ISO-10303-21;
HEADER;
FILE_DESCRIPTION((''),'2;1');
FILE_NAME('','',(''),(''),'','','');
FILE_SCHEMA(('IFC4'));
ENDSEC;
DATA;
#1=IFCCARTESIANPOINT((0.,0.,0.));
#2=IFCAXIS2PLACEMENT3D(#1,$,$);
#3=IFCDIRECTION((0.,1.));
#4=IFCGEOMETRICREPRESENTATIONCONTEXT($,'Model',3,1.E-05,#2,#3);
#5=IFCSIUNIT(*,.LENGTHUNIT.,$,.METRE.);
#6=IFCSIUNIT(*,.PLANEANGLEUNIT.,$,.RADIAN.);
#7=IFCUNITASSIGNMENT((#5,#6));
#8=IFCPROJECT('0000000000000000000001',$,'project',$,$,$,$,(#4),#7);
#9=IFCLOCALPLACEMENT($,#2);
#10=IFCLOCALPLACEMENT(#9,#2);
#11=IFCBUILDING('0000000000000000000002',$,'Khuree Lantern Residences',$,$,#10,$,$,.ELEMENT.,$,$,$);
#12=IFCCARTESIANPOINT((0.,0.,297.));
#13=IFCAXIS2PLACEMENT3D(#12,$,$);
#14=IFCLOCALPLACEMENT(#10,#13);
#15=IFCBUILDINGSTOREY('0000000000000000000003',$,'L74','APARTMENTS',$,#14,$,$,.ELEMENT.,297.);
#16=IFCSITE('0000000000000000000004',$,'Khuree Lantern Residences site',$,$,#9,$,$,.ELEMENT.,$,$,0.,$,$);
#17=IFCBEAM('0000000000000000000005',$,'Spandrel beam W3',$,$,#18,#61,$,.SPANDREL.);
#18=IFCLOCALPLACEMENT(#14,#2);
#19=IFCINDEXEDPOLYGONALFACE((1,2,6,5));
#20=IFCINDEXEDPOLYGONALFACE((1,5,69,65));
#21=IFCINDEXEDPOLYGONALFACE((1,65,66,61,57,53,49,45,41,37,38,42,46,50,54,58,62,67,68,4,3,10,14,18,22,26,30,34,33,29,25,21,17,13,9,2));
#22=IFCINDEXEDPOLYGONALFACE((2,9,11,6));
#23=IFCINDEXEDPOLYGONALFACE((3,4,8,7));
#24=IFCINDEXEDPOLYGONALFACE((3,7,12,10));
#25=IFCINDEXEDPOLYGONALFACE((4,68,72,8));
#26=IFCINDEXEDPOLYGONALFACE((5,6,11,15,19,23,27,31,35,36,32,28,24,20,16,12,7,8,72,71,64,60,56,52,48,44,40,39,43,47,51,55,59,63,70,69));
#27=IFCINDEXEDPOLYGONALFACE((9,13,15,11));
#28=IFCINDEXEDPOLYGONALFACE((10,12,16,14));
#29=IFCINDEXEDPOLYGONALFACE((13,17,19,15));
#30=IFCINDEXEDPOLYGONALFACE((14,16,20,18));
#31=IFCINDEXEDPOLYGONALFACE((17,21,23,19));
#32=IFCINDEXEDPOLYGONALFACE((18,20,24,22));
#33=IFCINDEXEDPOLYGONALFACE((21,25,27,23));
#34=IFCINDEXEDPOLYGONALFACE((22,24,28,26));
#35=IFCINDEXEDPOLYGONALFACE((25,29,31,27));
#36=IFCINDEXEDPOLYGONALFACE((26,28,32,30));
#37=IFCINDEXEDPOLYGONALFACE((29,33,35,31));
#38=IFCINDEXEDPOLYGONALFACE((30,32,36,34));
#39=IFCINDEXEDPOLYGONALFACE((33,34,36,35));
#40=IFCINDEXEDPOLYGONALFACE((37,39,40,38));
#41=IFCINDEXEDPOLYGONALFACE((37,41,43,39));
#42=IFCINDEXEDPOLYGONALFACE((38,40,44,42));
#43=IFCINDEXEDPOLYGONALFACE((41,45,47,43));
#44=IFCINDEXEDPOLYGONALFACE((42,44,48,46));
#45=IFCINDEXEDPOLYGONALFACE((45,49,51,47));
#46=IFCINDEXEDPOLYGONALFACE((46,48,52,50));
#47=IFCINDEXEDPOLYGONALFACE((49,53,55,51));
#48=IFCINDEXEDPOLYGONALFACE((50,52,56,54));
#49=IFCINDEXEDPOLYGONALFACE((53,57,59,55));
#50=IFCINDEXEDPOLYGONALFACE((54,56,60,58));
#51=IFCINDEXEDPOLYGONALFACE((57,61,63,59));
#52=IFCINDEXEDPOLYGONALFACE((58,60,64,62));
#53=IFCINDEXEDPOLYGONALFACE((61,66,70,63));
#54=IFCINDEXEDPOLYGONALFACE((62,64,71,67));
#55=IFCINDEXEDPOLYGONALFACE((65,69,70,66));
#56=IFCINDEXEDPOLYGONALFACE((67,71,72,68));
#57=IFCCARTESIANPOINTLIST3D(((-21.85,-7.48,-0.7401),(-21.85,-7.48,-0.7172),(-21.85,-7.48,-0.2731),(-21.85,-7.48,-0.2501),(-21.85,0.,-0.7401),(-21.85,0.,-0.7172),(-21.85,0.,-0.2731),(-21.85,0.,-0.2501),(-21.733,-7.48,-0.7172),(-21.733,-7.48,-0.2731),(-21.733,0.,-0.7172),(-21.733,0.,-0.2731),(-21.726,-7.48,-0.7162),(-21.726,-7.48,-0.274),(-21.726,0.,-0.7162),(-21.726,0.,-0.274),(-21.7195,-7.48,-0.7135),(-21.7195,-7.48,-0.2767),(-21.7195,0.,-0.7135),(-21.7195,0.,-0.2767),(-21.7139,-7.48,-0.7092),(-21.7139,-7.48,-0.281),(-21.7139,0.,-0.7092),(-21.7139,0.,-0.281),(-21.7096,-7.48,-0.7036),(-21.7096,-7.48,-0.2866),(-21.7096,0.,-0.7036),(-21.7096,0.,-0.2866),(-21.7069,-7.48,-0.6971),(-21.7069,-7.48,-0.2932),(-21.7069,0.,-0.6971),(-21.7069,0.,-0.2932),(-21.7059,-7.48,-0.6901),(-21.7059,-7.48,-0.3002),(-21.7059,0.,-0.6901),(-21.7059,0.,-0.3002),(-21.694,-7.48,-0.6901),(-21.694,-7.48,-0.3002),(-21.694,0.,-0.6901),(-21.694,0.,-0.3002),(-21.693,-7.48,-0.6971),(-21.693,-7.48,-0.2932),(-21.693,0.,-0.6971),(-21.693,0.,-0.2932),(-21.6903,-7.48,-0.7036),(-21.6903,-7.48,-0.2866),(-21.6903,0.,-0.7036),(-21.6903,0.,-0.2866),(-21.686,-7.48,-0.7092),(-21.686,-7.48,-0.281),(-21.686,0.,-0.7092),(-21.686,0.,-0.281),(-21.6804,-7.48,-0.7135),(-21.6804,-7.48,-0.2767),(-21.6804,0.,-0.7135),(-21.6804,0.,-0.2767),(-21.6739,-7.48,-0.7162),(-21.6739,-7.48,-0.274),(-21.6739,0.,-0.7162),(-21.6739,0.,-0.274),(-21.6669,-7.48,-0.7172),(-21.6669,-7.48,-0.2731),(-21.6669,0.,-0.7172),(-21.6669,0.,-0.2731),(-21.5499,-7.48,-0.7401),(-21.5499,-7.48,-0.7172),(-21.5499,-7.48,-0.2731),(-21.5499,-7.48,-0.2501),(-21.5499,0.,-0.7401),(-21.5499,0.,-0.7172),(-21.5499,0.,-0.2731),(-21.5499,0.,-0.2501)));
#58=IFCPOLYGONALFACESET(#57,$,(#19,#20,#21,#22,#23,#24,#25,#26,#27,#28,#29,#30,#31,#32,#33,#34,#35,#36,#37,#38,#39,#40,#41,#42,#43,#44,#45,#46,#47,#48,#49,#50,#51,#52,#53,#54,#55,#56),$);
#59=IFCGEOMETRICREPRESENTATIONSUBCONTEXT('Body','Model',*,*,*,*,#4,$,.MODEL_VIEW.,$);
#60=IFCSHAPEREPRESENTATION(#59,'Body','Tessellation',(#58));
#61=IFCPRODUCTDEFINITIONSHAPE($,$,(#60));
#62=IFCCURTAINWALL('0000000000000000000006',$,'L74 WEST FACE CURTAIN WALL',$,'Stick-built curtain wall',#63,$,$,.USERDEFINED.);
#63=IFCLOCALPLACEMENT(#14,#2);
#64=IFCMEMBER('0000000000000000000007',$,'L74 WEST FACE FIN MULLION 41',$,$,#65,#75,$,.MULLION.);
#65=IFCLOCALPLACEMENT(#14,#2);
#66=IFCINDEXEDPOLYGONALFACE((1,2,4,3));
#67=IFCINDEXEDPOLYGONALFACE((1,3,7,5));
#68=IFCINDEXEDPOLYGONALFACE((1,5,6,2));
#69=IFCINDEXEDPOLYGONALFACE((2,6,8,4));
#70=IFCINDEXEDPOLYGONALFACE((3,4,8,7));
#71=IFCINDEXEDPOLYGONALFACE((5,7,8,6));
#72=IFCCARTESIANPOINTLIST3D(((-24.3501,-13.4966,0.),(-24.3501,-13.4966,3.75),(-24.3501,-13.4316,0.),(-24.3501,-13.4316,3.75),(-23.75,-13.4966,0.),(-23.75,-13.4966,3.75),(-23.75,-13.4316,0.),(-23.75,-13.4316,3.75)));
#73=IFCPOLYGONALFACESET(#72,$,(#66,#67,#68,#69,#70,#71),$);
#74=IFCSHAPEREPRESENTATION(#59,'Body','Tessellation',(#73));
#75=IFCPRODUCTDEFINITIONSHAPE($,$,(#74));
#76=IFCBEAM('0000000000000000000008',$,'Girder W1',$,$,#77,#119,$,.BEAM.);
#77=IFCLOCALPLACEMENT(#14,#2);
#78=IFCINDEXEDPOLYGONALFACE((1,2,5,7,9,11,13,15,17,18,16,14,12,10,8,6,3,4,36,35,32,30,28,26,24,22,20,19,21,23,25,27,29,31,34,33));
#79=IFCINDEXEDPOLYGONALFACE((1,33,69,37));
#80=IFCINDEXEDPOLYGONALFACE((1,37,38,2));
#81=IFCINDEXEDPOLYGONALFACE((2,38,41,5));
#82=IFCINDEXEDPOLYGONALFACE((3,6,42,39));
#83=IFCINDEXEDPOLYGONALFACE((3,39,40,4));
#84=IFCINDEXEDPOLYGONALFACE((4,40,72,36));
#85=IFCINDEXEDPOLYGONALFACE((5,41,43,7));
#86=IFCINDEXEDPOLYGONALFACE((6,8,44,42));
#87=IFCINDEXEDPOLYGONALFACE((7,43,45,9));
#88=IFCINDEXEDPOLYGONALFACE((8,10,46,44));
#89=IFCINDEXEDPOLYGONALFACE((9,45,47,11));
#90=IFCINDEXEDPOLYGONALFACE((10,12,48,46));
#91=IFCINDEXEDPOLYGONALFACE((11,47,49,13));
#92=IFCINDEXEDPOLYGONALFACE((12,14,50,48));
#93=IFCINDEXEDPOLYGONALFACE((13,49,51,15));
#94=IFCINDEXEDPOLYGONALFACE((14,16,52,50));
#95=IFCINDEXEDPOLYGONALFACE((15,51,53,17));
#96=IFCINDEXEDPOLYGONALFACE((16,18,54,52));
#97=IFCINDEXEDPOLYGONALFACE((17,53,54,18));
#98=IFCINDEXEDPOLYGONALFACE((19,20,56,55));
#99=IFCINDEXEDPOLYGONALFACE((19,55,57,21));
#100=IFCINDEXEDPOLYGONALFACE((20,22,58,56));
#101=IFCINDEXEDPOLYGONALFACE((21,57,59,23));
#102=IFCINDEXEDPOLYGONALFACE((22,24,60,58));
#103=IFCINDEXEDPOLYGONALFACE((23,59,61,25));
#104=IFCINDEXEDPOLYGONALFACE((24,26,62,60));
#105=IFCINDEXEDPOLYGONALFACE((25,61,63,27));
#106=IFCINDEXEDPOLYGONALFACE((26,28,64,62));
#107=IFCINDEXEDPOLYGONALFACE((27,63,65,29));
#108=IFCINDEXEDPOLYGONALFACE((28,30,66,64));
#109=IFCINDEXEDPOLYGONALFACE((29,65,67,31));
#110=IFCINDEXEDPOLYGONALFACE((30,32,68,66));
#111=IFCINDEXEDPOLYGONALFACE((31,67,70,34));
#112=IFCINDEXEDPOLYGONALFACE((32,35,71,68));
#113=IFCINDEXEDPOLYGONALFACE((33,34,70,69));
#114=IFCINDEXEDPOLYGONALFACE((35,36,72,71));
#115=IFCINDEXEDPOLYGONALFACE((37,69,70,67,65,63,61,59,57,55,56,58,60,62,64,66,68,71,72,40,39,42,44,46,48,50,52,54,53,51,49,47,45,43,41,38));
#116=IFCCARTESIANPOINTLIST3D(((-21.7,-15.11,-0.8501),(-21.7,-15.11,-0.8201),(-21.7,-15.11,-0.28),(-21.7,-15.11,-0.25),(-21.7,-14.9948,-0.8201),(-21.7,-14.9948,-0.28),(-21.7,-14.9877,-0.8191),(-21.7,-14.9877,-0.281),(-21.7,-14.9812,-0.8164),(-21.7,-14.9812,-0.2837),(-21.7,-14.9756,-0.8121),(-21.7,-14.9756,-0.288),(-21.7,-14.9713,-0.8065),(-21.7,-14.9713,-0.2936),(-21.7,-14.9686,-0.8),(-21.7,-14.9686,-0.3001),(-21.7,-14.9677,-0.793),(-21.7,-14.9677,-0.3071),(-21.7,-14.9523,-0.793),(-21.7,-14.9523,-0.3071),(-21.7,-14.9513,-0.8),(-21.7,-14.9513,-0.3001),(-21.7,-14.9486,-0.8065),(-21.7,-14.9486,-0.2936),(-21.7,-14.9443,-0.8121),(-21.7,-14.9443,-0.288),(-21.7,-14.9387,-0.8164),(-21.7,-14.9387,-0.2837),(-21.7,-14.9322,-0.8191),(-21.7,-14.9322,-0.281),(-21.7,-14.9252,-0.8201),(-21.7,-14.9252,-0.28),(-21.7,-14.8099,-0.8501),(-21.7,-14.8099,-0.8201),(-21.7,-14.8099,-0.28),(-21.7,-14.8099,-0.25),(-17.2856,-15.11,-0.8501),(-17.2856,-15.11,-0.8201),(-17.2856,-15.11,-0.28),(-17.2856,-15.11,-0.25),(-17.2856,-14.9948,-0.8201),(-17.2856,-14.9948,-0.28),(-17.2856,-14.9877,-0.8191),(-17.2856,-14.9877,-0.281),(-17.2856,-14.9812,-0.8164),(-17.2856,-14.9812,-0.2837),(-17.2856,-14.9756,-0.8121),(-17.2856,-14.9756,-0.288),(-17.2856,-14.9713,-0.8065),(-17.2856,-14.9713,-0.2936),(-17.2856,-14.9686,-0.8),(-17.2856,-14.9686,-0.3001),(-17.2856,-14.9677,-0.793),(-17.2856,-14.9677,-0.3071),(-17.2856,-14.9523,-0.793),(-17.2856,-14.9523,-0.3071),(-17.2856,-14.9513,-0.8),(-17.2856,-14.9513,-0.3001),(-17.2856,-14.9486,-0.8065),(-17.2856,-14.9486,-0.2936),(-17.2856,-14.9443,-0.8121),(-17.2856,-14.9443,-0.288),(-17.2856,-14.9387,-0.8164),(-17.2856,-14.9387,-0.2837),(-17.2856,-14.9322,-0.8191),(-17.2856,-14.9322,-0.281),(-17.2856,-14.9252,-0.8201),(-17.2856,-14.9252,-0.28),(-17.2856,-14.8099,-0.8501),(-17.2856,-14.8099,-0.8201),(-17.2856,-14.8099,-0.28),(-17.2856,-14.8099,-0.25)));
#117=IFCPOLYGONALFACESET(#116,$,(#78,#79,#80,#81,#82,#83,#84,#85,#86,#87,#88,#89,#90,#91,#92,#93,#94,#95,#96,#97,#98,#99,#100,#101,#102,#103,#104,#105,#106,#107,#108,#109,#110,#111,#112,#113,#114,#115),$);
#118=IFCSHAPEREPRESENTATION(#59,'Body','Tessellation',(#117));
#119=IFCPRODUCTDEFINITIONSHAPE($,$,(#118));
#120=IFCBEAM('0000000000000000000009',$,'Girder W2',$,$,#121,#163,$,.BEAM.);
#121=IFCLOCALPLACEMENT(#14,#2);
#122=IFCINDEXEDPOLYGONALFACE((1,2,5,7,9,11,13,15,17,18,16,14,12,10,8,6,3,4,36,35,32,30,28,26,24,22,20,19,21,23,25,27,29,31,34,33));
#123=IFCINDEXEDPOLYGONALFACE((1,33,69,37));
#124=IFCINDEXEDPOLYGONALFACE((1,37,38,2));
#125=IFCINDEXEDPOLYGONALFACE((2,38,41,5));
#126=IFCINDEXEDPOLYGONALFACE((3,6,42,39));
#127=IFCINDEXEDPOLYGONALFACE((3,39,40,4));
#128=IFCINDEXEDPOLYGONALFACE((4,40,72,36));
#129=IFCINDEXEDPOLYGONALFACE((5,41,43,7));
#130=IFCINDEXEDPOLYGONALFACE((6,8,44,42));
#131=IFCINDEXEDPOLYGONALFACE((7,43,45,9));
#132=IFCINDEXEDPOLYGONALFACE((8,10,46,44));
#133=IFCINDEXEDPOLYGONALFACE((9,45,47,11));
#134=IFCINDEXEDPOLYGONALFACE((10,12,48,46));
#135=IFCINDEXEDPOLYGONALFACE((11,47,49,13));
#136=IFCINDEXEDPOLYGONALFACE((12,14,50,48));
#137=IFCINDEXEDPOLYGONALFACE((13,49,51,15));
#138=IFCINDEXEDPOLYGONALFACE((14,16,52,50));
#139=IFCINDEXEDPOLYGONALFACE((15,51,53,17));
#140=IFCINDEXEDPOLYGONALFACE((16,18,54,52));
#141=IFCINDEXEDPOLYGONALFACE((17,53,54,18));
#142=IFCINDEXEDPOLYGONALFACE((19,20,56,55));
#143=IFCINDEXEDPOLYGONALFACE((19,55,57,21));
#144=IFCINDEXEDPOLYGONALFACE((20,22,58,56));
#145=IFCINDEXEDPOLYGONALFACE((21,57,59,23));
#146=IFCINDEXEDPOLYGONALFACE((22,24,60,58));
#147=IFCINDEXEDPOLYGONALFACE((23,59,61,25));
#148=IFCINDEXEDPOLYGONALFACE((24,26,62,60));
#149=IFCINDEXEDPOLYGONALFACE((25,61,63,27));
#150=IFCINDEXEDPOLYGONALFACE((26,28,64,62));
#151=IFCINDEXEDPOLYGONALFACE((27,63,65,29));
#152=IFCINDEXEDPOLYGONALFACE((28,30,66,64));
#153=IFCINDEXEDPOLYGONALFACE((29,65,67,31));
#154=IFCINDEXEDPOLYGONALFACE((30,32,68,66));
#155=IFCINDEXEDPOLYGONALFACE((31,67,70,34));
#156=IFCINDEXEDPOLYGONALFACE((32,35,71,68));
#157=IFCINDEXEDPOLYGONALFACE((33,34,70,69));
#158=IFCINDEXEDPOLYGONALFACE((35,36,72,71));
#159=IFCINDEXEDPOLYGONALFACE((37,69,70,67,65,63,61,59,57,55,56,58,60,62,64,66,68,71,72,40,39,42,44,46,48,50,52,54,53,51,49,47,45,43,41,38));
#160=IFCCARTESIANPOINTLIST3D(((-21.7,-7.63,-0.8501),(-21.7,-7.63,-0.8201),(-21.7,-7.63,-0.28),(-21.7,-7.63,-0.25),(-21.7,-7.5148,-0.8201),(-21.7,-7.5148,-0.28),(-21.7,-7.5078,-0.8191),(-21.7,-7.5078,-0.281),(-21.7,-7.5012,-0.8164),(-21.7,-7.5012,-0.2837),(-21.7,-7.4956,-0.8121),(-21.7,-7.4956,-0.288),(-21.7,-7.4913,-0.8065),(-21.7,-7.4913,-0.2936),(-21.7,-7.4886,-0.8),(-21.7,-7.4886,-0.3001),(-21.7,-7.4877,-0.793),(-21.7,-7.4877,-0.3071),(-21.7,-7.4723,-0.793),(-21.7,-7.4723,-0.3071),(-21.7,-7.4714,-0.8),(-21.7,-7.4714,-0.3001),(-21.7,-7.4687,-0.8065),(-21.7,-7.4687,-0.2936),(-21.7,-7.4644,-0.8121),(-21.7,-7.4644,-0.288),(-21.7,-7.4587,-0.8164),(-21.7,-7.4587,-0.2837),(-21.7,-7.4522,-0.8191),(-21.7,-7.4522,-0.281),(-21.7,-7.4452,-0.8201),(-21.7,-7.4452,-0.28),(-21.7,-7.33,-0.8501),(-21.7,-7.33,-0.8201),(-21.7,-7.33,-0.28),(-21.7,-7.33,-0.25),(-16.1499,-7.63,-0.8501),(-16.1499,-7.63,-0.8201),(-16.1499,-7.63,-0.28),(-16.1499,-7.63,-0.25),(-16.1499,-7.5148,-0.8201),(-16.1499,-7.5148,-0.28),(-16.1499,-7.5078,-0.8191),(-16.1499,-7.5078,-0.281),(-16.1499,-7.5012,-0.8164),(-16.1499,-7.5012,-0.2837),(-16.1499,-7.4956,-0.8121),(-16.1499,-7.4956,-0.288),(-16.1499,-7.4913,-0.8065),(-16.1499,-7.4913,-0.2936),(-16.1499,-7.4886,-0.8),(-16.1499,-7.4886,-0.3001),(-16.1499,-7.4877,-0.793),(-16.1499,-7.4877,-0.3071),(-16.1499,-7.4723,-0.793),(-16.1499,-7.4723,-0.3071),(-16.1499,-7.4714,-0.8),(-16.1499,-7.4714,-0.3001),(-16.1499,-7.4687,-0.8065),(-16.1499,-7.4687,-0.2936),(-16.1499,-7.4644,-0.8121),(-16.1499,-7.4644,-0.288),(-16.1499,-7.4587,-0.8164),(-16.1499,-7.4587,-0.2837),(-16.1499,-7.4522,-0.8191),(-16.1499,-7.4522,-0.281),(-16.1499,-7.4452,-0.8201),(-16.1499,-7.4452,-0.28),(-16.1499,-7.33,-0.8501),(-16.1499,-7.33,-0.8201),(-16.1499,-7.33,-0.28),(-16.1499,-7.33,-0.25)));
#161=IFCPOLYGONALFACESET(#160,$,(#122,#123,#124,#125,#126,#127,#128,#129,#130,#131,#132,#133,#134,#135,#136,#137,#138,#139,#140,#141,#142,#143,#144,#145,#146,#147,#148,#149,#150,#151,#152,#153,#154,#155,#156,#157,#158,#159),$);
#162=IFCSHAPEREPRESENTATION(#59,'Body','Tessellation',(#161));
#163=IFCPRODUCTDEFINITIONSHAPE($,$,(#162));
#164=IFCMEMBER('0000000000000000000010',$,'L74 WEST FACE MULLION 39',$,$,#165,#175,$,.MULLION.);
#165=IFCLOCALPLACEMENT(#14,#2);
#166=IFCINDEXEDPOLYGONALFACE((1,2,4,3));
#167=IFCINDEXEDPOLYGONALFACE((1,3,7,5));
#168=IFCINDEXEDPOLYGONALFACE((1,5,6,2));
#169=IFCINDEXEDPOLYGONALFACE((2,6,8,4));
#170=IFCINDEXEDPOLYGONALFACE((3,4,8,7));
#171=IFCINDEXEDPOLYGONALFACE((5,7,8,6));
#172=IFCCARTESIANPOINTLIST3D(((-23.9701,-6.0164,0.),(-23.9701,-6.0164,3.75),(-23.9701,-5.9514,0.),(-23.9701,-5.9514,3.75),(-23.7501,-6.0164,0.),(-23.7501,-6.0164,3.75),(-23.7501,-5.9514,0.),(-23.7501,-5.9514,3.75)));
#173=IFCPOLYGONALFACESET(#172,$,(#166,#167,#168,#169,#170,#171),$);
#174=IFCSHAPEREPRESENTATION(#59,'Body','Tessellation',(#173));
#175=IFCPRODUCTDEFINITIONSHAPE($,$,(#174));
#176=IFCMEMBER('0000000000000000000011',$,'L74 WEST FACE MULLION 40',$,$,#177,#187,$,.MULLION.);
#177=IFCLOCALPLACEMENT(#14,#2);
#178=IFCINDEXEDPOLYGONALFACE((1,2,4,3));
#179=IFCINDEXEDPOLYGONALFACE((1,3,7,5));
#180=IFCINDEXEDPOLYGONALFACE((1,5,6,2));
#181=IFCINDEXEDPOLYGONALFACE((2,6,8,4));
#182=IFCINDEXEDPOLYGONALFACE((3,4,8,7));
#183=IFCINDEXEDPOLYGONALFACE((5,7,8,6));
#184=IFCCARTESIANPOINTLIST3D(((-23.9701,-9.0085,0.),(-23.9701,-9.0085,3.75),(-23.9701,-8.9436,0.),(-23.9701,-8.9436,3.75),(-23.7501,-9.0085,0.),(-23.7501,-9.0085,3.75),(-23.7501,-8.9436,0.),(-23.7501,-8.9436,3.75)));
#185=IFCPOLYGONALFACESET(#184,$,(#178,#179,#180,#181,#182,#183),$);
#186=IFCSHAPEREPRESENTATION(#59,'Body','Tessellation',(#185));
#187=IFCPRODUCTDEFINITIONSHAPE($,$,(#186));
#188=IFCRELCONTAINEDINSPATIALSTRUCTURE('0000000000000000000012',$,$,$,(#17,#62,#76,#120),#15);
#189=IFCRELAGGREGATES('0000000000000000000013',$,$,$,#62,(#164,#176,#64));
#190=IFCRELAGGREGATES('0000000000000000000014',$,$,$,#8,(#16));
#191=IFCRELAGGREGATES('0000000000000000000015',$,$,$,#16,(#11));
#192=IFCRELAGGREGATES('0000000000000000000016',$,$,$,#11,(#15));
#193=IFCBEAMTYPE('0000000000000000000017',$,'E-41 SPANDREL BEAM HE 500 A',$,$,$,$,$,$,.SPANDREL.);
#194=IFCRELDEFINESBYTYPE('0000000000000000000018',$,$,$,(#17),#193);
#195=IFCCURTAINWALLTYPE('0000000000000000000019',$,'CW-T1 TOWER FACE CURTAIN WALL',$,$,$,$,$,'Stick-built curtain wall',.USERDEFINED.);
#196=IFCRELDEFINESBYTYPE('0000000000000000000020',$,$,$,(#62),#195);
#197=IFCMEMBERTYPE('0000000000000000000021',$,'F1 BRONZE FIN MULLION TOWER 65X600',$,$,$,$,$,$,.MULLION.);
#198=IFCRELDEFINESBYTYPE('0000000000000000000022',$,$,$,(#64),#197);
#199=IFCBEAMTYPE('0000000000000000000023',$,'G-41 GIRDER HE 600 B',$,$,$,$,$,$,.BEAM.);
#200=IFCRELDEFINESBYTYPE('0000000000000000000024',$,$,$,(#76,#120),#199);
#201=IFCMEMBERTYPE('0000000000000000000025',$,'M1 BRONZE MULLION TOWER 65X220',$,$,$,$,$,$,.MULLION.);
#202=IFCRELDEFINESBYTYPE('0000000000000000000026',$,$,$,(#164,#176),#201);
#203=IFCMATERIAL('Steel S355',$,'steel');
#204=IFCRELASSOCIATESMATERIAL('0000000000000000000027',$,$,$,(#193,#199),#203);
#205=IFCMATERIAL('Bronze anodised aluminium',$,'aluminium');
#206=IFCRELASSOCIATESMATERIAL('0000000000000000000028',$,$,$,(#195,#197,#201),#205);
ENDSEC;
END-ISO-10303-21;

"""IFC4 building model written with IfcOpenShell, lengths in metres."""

from ifc_helpers import new_model, si_unit, direction, frame, origin, origin_2d, place, context, subcontext, project, spatial, rectangle, i_section, extrude, material, material_profile, profile_set, type_object, element, aggregate, save


model = new_model("IFC4")

# Units and contexts
model_context = context("Model", 3, precision=1e-05, world=origin(), true_north=direction((0.0, 1.0)))
body_context = subcontext(model_context, "Body", "Model", "MODEL_VIEW")
ifc_project = project(units=[si_unit("LENGTHUNIT", "METRE"), si_unit("PLANEANGLEUNIT", "RADIAN")], contexts=[model_context])

# Site, building, storey
site_placement = place(None, origin())
site = spatial("IfcSite", under=ifc_project, at=site_placement, Name="Khuree Lantern Residences site", CompositionType="ELEMENT", RefElevation=0.0)
building_placement = place(site_placement, origin())
building = spatial("IfcBuilding", under=site, at=building_placement, Name="Khuree Lantern Residences", CompositionType="ELEMENT")
storey_placement = place(building_placement, frame((0.0, 0.0, 297.0)))
storey = spatial("IfcBuildingStorey", under=building, at=storey_placement, Name="L74", Description="APARTMENTS", CompositionType="ELEMENT", Elevation=297.0)

# Beam
ifc_material_1 = material(Name="Steel S355", Category="steel")
ifc_material_profile_1 = material_profile(ifc_material_1, i_section(OverallWidth=0.3, OverallDepth=0.49, WebThickness=0.012, FlangeThickness=0.0229, FilletRadius=0.0271, at=origin_2d()), Name="HE 500 A")
ifc_profile_set_1 = profile_set([ifc_material_profile_1], Name="Steel S355")
beam_type_1 = type_object("IfcBeamType", Name="E-41 SPANDREL BEAM HE 500 A", PredefinedType="SPANDREL", material=ifc_profile_set_1)
for number, where, z_axis, x_axis, name in (
    (1, (-21.7, -7.48, -0.4951), (0.0, 1.0, 0.0), (-1.0, 0.0, 0.0), "Spandrel beam W3"),
):
    element("IfcBeam", number, at=place(storey_placement, frame(where, z_axis=z_axis, x_axis=x_axis)), inside=storey, type_object=beam_type_1, Name=name, PredefinedType="SPANDREL", context=body_context, shape_type="SweptSolid", body=[
        extrude(i_section(OverallWidth=0.3, OverallDepth=0.49, WebThickness=0.012, FlangeThickness=0.0229, FilletRadius=0.0271, at=origin_2d()), origin(), (0.0, 0.0, 1.0), 7.48),
    ])

# Curtain wall, member
ifc_material_2 = material(Name="Bronze anodised aluminium", Category="aluminium")
curtain_wall_type = type_object("IfcCurtainWallType", Name="CW-T1 TOWER FACE CURTAIN WALL", ElementType="Stick-built curtain wall", PredefinedType="USERDEFINED", material=ifc_material_2)
curtain_wall_placement = place(storey_placement, origin())
curtain_wall = element("IfcCurtainWall", 2, at=curtain_wall_placement, inside=storey, type_object=curtain_wall_type, Name="L74 WEST FACE CURTAIN WALL", ObjectType="Stick-built curtain wall", PredefinedType="USERDEFINED")
ifc_material_profile_2 = material_profile(ifc_material_2, rectangle(XDim=0.0649, YDim=0.6001, at=origin_2d()), Name="F1 65X600")
ifc_profile_set_2 = profile_set([ifc_material_profile_2], Name="Bronze anodised aluminium")
member_type_1 = type_object("IfcMemberType", Name="F1 BRONZE FIN MULLION TOWER 65X600", PredefinedType="MULLION", material=ifc_profile_set_2)
member_1_placement = place(storey_placement, frame((-24.05, -13.4641, 0.0), z_axis=(0.0, 0.0, 1.0), x_axis=(0.0, -1.0, 0.0)))
member_1 = element("IfcMember", 3, at=member_1_placement, type_object=member_type_1, Name="L74 WEST FACE FIN MULLION 41", PredefinedType="MULLION", context=body_context, shape_type="SweptSolid", body=[
    extrude(rectangle(XDim=0.0649, YDim=0.6001, at=origin_2d()), origin(), (0.0, 0.0, 1.0), 3.75),
])

# Beams
ifc_material_profile_3 = material_profile(ifc_material_1, i_section(OverallWidth=0.3, OverallDepth=0.6001, WebThickness=0.0154, FlangeThickness=0.03, FilletRadius=0.0271, at=origin_2d()), Name="HE 600 B")
ifc_profile_set_3 = profile_set([ifc_material_profile_3], Name="Steel S355")
beam_type_2 = type_object("IfcBeamType", Name="G-41 GIRDER HE 600 B", PredefinedType="BEAM", material=ifc_profile_set_3)
beam_1_placement = place(storey_placement, frame((-21.7, -14.96, -0.55), z_axis=(1.0, 0.0, 0.0), x_axis=(0.0, 1.0, 0.0)))
element("IfcBeam", 4, at=beam_1_placement, inside=storey, type_object=beam_type_2, Name="Girder W1", PredefinedType="BEAM", context=body_context, shape_type="SweptSolid", body=[
    extrude(i_section(OverallWidth=0.3, OverallDepth=0.6001, WebThickness=0.0154, FlangeThickness=0.03, FilletRadius=0.0271, at=origin_2d()), origin(), (0.0, 0.0, 1.0), 4.4143),
])
beam_2_placement = place(storey_placement, frame((-21.7, -7.48, -0.55), z_axis=(1.0, 0.0, 0.0), x_axis=(0.0, 1.0, 0.0)))
element("IfcBeam", 5, at=beam_2_placement, inside=storey, type_object=beam_type_2, Name="Girder W2", PredefinedType="BEAM", context=body_context, shape_type="SweptSolid", body=[
    extrude(i_section(OverallWidth=0.3, OverallDepth=0.6001, WebThickness=0.0154, FlangeThickness=0.03, FilletRadius=0.0271, at=origin_2d()), origin(), (0.0, 0.0, 1.0), 5.55),
])

# Members
ifc_material_profile_4 = material_profile(ifc_material_2, rectangle(XDim=0.0649, YDim=0.22, at=origin_2d()), Name="M1 65X220")
ifc_profile_set_4 = profile_set([ifc_material_profile_4], Name="Bronze anodised aluminium")
member_type_2 = type_object("IfcMemberType", Name="M1 BRONZE MULLION TOWER 65X220", PredefinedType="MULLION", material=ifc_profile_set_4)
member_2_placement = place(storey_placement, frame((-23.8601, -5.9839, 0.0), z_axis=(0.0, 0.0, 1.0), x_axis=(0.0, -1.0, 0.0)))
member_2 = element("IfcMember", 6, at=member_2_placement, type_object=member_type_2, Name="L74 WEST FACE MULLION 39", PredefinedType="MULLION", context=body_context, shape_type="SweptSolid", body=[
    extrude(rectangle(XDim=0.0649, YDim=0.22, at=origin_2d()), origin(), (0.0, 0.0, 1.0), 3.75),
])
member_3_placement = place(storey_placement, frame((-23.8601, -8.9761, 0.0), z_axis=(0.0, 0.0, 1.0), x_axis=(0.0, -1.0, 0.0)))
member_3 = element("IfcMember", 7, at=member_3_placement, type_object=member_type_2, Name="L74 WEST FACE MULLION 40", PredefinedType="MULLION", context=body_context, shape_type="SweptSolid", body=[
    extrude(rectangle(XDim=0.0649, YDim=0.22, at=origin_2d()), origin(), (0.0, 0.0, 1.0), 3.75),
])

aggregate(curtain_wall, [member_2, member_3, member_1])

save(model, "model.ifc")
